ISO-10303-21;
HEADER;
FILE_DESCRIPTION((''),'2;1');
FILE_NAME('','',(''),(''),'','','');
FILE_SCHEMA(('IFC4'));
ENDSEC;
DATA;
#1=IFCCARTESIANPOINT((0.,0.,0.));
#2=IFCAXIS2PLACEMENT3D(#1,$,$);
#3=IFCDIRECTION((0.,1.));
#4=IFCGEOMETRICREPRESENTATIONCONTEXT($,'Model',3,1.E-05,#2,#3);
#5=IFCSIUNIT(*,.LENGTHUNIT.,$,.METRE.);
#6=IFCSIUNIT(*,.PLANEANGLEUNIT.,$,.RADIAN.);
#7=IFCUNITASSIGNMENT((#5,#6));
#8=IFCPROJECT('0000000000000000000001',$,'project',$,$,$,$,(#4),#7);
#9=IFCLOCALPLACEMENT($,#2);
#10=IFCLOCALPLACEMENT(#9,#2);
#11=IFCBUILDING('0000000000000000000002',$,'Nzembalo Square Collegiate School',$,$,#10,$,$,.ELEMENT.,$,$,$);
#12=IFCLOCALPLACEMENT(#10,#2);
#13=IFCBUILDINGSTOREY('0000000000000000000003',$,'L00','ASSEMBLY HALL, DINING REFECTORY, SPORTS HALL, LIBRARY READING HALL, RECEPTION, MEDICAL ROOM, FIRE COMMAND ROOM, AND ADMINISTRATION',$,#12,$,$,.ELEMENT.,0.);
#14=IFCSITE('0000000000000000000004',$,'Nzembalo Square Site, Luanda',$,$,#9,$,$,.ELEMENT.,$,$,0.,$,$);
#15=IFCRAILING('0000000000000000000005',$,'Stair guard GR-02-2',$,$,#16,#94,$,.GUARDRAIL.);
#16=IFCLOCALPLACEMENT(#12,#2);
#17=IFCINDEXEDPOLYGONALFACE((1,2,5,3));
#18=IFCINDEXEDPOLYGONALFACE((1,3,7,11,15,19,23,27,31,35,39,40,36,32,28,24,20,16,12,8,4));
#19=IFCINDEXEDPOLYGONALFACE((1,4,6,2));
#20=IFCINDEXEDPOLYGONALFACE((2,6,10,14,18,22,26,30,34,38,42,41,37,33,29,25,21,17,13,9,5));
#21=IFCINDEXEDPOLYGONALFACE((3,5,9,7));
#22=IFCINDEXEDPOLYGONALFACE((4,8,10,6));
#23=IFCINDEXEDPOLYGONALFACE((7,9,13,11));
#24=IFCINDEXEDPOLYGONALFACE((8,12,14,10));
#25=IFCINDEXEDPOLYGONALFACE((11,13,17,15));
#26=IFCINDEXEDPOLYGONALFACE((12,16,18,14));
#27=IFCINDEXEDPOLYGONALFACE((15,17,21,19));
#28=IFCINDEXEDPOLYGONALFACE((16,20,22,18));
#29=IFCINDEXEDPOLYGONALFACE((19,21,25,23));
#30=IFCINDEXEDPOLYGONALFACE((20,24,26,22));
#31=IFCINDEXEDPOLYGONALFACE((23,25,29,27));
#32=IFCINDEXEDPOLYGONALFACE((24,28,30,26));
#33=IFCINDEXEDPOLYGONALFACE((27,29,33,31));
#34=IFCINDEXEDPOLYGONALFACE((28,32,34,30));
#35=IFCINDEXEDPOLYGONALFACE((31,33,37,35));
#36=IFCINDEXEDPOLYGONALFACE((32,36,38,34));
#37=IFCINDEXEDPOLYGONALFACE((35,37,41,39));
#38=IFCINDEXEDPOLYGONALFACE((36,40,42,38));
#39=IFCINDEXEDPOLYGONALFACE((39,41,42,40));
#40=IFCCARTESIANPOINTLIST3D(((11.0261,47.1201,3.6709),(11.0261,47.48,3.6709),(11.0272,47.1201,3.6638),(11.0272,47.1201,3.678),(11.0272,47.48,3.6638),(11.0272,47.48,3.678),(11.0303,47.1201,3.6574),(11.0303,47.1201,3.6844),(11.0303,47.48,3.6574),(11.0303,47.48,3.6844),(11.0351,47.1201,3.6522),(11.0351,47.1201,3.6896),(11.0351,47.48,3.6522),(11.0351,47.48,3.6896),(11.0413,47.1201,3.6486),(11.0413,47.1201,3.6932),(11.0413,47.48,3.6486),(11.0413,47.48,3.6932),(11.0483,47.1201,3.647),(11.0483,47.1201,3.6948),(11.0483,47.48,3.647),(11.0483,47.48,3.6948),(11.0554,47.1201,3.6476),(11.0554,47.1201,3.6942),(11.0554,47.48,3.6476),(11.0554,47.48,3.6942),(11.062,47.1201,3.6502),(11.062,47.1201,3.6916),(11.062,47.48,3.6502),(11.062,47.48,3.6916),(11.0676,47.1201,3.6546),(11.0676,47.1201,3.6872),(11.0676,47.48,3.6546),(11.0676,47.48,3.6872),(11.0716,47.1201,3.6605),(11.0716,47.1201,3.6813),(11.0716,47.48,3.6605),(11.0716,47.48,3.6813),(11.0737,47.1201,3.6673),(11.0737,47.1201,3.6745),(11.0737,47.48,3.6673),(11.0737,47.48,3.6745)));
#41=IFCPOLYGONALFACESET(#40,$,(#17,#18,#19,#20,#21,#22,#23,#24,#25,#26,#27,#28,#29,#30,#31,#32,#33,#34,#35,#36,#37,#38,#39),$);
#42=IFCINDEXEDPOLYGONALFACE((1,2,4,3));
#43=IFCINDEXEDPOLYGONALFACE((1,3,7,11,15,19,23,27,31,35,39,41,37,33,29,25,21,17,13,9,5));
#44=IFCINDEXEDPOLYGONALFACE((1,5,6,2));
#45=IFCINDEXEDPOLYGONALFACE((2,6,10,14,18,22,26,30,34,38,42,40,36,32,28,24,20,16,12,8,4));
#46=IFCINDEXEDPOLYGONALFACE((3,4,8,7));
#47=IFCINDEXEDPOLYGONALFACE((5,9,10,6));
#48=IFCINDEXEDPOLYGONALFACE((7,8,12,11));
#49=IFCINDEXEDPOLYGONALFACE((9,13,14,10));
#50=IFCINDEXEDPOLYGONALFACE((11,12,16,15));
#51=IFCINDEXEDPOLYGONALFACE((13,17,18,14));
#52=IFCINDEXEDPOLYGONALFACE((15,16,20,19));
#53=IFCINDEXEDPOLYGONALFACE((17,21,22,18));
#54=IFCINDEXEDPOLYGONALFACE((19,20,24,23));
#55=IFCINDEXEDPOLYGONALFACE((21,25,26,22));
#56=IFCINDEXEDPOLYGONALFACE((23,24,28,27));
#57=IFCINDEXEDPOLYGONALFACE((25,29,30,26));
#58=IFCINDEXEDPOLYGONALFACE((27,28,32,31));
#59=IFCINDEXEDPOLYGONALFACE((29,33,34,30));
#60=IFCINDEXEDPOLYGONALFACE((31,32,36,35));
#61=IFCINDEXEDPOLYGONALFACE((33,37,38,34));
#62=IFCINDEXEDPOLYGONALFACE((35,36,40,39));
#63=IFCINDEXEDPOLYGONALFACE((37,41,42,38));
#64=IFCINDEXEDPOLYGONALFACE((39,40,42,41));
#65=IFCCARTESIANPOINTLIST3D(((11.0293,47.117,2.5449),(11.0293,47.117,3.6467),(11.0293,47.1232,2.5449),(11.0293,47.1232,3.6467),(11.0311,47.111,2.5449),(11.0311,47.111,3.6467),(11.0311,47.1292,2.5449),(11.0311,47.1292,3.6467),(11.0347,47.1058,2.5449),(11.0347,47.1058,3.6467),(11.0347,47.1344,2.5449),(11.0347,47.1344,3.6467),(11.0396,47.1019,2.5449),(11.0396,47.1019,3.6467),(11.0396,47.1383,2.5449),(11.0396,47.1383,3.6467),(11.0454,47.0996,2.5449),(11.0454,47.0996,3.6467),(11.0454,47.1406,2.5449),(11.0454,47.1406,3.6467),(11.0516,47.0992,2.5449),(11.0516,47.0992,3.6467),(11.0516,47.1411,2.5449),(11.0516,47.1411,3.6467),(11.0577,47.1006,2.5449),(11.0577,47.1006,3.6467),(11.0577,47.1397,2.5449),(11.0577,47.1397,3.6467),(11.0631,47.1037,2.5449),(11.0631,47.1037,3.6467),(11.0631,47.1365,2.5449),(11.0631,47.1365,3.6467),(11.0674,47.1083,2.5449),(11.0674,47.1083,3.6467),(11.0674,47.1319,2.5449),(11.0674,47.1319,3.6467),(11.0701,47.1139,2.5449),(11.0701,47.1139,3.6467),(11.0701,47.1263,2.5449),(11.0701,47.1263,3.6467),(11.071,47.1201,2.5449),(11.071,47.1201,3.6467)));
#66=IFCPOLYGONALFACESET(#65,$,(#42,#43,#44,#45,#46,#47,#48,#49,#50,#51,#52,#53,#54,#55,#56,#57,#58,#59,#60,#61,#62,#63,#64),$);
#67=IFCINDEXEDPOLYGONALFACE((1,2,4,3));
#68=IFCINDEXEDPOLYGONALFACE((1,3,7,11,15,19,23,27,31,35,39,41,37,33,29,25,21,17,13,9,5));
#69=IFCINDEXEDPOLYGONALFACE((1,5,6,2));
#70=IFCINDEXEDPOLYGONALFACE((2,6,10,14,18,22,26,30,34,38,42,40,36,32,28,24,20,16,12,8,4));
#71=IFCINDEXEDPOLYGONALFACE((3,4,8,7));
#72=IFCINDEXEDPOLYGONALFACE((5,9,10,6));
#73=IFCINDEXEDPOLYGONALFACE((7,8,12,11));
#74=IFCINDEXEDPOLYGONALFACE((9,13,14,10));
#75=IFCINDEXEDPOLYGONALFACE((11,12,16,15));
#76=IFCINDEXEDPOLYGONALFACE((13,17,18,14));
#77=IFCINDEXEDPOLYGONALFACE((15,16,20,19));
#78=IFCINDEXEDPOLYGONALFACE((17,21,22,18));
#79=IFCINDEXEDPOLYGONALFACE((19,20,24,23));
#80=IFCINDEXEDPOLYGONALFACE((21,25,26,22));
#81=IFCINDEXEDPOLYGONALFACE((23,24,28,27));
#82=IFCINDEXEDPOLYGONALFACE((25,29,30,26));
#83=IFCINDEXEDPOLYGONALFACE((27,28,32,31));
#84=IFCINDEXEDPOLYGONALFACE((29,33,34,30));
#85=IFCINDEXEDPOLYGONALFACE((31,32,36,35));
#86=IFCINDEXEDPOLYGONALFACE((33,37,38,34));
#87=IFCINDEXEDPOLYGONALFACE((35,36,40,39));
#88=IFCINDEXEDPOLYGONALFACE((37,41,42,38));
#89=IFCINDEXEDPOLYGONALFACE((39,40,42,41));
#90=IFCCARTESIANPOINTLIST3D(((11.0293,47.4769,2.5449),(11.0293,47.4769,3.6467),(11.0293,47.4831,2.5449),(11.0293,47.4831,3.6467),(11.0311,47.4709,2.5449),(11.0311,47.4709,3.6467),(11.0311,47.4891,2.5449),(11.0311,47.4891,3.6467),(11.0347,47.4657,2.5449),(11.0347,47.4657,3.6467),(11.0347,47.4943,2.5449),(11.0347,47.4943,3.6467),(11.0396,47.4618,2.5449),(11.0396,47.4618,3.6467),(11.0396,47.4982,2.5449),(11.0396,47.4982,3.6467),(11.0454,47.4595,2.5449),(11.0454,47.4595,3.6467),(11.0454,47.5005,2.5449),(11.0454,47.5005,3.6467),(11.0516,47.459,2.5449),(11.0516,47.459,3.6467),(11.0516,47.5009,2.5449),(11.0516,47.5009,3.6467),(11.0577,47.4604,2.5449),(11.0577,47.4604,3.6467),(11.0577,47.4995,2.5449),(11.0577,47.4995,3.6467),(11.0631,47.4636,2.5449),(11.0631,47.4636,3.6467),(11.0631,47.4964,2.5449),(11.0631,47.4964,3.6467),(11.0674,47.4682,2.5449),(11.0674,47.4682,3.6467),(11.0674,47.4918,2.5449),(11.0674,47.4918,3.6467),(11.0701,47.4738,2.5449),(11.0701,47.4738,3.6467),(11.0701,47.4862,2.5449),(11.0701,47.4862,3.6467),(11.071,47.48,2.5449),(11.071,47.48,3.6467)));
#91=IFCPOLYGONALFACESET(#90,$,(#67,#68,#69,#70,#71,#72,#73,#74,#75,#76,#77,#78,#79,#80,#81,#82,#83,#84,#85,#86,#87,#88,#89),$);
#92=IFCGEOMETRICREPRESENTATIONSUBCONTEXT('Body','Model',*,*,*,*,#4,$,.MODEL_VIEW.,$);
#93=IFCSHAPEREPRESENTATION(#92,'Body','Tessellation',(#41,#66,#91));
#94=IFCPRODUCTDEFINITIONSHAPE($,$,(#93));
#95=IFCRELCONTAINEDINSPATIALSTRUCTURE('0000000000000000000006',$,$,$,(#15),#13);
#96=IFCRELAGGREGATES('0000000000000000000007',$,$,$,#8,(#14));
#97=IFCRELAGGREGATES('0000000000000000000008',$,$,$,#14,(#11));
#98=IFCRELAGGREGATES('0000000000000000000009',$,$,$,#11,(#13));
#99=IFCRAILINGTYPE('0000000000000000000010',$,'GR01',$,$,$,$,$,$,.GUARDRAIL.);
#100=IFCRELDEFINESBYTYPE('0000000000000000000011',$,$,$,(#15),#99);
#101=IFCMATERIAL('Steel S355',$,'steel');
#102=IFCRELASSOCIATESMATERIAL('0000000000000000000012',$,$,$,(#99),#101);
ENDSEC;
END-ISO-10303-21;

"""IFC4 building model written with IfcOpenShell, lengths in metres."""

from ifc_helpers import new_model, si_unit, direction, frame, origin, origin_2d, place, context, subcontext, project, spatial, circle, extrude, material, type_object, element, save


model = new_model("IFC4")

# Units and contexts
model_context = context("Model", 3, precision=1e-05, world=origin(), true_north=direction((0.0, 1.0)))
body_context = subcontext(model_context, "Body", "Model", "MODEL_VIEW")
ifc_project = project(units=[si_unit("LENGTHUNIT", "METRE"), si_unit("PLANEANGLEUNIT", "RADIAN")], contexts=[model_context])

# Site, building, storey
site_placement = place(None, origin())
site = spatial("IfcSite", under=ifc_project, at=site_placement, Name="Nzembalo Square Site, Luanda", CompositionType="ELEMENT", RefElevation=0.0)
building_placement = place(site_placement, origin())
building = spatial("IfcBuilding", under=site, at=building_placement, Name="Nzembalo Square Collegiate School", CompositionType="ELEMENT")
storey_placement = place(building_placement, origin())
storey = spatial("IfcBuildingStorey", under=building, at=storey_placement, Name="L00", Description="ASSEMBLY HALL, DINING REFECTORY, SPORTS HALL, LIBRARY READING HALL, RECEPTION, MEDICAL ROOM, FIRE COMMAND ROOM, AND ADMINISTRATION", CompositionType="ELEMENT", Elevation=0.0)

# Railing
ifc_material_1 = material(Name="Steel S355", Category="steel")
railing_type_1 = type_object("IfcRailingType", Name="GR01", PredefinedType="GUARDRAIL", material=ifc_material_1)
railing_1_placement = place(storey_placement, frame((11.05, 47.1201, 2.5449)))
element("IfcRailing", 1, at=railing_1_placement, inside=storey, type_object=railing_type_1, Name="Stair guard GR-02-2", PredefinedType="GUARDRAIL", context=body_context, shape_type="SweptSolid", body=[
    extrude(circle(Radius=0.0239, at=origin_2d()), frame((0.0, 0.0, 1.126), z_axis=(0.0, 1.0, 0.0), x_axis=(-1.0, 0.0, 0.0)), (0.0, 0.0, 1.0), 0.3599),
    extrude(circle(Radius=0.021, at=origin_2d()), origin(), (0.0, 0.0, 1.0), 1.1018),
    extrude(circle(Radius=0.021, at=origin_2d()), frame((0.0, 0.3599, 0.0)), (0.0, 0.0, 1.0), 1.1018),
])

save(model, "model.ifc")
